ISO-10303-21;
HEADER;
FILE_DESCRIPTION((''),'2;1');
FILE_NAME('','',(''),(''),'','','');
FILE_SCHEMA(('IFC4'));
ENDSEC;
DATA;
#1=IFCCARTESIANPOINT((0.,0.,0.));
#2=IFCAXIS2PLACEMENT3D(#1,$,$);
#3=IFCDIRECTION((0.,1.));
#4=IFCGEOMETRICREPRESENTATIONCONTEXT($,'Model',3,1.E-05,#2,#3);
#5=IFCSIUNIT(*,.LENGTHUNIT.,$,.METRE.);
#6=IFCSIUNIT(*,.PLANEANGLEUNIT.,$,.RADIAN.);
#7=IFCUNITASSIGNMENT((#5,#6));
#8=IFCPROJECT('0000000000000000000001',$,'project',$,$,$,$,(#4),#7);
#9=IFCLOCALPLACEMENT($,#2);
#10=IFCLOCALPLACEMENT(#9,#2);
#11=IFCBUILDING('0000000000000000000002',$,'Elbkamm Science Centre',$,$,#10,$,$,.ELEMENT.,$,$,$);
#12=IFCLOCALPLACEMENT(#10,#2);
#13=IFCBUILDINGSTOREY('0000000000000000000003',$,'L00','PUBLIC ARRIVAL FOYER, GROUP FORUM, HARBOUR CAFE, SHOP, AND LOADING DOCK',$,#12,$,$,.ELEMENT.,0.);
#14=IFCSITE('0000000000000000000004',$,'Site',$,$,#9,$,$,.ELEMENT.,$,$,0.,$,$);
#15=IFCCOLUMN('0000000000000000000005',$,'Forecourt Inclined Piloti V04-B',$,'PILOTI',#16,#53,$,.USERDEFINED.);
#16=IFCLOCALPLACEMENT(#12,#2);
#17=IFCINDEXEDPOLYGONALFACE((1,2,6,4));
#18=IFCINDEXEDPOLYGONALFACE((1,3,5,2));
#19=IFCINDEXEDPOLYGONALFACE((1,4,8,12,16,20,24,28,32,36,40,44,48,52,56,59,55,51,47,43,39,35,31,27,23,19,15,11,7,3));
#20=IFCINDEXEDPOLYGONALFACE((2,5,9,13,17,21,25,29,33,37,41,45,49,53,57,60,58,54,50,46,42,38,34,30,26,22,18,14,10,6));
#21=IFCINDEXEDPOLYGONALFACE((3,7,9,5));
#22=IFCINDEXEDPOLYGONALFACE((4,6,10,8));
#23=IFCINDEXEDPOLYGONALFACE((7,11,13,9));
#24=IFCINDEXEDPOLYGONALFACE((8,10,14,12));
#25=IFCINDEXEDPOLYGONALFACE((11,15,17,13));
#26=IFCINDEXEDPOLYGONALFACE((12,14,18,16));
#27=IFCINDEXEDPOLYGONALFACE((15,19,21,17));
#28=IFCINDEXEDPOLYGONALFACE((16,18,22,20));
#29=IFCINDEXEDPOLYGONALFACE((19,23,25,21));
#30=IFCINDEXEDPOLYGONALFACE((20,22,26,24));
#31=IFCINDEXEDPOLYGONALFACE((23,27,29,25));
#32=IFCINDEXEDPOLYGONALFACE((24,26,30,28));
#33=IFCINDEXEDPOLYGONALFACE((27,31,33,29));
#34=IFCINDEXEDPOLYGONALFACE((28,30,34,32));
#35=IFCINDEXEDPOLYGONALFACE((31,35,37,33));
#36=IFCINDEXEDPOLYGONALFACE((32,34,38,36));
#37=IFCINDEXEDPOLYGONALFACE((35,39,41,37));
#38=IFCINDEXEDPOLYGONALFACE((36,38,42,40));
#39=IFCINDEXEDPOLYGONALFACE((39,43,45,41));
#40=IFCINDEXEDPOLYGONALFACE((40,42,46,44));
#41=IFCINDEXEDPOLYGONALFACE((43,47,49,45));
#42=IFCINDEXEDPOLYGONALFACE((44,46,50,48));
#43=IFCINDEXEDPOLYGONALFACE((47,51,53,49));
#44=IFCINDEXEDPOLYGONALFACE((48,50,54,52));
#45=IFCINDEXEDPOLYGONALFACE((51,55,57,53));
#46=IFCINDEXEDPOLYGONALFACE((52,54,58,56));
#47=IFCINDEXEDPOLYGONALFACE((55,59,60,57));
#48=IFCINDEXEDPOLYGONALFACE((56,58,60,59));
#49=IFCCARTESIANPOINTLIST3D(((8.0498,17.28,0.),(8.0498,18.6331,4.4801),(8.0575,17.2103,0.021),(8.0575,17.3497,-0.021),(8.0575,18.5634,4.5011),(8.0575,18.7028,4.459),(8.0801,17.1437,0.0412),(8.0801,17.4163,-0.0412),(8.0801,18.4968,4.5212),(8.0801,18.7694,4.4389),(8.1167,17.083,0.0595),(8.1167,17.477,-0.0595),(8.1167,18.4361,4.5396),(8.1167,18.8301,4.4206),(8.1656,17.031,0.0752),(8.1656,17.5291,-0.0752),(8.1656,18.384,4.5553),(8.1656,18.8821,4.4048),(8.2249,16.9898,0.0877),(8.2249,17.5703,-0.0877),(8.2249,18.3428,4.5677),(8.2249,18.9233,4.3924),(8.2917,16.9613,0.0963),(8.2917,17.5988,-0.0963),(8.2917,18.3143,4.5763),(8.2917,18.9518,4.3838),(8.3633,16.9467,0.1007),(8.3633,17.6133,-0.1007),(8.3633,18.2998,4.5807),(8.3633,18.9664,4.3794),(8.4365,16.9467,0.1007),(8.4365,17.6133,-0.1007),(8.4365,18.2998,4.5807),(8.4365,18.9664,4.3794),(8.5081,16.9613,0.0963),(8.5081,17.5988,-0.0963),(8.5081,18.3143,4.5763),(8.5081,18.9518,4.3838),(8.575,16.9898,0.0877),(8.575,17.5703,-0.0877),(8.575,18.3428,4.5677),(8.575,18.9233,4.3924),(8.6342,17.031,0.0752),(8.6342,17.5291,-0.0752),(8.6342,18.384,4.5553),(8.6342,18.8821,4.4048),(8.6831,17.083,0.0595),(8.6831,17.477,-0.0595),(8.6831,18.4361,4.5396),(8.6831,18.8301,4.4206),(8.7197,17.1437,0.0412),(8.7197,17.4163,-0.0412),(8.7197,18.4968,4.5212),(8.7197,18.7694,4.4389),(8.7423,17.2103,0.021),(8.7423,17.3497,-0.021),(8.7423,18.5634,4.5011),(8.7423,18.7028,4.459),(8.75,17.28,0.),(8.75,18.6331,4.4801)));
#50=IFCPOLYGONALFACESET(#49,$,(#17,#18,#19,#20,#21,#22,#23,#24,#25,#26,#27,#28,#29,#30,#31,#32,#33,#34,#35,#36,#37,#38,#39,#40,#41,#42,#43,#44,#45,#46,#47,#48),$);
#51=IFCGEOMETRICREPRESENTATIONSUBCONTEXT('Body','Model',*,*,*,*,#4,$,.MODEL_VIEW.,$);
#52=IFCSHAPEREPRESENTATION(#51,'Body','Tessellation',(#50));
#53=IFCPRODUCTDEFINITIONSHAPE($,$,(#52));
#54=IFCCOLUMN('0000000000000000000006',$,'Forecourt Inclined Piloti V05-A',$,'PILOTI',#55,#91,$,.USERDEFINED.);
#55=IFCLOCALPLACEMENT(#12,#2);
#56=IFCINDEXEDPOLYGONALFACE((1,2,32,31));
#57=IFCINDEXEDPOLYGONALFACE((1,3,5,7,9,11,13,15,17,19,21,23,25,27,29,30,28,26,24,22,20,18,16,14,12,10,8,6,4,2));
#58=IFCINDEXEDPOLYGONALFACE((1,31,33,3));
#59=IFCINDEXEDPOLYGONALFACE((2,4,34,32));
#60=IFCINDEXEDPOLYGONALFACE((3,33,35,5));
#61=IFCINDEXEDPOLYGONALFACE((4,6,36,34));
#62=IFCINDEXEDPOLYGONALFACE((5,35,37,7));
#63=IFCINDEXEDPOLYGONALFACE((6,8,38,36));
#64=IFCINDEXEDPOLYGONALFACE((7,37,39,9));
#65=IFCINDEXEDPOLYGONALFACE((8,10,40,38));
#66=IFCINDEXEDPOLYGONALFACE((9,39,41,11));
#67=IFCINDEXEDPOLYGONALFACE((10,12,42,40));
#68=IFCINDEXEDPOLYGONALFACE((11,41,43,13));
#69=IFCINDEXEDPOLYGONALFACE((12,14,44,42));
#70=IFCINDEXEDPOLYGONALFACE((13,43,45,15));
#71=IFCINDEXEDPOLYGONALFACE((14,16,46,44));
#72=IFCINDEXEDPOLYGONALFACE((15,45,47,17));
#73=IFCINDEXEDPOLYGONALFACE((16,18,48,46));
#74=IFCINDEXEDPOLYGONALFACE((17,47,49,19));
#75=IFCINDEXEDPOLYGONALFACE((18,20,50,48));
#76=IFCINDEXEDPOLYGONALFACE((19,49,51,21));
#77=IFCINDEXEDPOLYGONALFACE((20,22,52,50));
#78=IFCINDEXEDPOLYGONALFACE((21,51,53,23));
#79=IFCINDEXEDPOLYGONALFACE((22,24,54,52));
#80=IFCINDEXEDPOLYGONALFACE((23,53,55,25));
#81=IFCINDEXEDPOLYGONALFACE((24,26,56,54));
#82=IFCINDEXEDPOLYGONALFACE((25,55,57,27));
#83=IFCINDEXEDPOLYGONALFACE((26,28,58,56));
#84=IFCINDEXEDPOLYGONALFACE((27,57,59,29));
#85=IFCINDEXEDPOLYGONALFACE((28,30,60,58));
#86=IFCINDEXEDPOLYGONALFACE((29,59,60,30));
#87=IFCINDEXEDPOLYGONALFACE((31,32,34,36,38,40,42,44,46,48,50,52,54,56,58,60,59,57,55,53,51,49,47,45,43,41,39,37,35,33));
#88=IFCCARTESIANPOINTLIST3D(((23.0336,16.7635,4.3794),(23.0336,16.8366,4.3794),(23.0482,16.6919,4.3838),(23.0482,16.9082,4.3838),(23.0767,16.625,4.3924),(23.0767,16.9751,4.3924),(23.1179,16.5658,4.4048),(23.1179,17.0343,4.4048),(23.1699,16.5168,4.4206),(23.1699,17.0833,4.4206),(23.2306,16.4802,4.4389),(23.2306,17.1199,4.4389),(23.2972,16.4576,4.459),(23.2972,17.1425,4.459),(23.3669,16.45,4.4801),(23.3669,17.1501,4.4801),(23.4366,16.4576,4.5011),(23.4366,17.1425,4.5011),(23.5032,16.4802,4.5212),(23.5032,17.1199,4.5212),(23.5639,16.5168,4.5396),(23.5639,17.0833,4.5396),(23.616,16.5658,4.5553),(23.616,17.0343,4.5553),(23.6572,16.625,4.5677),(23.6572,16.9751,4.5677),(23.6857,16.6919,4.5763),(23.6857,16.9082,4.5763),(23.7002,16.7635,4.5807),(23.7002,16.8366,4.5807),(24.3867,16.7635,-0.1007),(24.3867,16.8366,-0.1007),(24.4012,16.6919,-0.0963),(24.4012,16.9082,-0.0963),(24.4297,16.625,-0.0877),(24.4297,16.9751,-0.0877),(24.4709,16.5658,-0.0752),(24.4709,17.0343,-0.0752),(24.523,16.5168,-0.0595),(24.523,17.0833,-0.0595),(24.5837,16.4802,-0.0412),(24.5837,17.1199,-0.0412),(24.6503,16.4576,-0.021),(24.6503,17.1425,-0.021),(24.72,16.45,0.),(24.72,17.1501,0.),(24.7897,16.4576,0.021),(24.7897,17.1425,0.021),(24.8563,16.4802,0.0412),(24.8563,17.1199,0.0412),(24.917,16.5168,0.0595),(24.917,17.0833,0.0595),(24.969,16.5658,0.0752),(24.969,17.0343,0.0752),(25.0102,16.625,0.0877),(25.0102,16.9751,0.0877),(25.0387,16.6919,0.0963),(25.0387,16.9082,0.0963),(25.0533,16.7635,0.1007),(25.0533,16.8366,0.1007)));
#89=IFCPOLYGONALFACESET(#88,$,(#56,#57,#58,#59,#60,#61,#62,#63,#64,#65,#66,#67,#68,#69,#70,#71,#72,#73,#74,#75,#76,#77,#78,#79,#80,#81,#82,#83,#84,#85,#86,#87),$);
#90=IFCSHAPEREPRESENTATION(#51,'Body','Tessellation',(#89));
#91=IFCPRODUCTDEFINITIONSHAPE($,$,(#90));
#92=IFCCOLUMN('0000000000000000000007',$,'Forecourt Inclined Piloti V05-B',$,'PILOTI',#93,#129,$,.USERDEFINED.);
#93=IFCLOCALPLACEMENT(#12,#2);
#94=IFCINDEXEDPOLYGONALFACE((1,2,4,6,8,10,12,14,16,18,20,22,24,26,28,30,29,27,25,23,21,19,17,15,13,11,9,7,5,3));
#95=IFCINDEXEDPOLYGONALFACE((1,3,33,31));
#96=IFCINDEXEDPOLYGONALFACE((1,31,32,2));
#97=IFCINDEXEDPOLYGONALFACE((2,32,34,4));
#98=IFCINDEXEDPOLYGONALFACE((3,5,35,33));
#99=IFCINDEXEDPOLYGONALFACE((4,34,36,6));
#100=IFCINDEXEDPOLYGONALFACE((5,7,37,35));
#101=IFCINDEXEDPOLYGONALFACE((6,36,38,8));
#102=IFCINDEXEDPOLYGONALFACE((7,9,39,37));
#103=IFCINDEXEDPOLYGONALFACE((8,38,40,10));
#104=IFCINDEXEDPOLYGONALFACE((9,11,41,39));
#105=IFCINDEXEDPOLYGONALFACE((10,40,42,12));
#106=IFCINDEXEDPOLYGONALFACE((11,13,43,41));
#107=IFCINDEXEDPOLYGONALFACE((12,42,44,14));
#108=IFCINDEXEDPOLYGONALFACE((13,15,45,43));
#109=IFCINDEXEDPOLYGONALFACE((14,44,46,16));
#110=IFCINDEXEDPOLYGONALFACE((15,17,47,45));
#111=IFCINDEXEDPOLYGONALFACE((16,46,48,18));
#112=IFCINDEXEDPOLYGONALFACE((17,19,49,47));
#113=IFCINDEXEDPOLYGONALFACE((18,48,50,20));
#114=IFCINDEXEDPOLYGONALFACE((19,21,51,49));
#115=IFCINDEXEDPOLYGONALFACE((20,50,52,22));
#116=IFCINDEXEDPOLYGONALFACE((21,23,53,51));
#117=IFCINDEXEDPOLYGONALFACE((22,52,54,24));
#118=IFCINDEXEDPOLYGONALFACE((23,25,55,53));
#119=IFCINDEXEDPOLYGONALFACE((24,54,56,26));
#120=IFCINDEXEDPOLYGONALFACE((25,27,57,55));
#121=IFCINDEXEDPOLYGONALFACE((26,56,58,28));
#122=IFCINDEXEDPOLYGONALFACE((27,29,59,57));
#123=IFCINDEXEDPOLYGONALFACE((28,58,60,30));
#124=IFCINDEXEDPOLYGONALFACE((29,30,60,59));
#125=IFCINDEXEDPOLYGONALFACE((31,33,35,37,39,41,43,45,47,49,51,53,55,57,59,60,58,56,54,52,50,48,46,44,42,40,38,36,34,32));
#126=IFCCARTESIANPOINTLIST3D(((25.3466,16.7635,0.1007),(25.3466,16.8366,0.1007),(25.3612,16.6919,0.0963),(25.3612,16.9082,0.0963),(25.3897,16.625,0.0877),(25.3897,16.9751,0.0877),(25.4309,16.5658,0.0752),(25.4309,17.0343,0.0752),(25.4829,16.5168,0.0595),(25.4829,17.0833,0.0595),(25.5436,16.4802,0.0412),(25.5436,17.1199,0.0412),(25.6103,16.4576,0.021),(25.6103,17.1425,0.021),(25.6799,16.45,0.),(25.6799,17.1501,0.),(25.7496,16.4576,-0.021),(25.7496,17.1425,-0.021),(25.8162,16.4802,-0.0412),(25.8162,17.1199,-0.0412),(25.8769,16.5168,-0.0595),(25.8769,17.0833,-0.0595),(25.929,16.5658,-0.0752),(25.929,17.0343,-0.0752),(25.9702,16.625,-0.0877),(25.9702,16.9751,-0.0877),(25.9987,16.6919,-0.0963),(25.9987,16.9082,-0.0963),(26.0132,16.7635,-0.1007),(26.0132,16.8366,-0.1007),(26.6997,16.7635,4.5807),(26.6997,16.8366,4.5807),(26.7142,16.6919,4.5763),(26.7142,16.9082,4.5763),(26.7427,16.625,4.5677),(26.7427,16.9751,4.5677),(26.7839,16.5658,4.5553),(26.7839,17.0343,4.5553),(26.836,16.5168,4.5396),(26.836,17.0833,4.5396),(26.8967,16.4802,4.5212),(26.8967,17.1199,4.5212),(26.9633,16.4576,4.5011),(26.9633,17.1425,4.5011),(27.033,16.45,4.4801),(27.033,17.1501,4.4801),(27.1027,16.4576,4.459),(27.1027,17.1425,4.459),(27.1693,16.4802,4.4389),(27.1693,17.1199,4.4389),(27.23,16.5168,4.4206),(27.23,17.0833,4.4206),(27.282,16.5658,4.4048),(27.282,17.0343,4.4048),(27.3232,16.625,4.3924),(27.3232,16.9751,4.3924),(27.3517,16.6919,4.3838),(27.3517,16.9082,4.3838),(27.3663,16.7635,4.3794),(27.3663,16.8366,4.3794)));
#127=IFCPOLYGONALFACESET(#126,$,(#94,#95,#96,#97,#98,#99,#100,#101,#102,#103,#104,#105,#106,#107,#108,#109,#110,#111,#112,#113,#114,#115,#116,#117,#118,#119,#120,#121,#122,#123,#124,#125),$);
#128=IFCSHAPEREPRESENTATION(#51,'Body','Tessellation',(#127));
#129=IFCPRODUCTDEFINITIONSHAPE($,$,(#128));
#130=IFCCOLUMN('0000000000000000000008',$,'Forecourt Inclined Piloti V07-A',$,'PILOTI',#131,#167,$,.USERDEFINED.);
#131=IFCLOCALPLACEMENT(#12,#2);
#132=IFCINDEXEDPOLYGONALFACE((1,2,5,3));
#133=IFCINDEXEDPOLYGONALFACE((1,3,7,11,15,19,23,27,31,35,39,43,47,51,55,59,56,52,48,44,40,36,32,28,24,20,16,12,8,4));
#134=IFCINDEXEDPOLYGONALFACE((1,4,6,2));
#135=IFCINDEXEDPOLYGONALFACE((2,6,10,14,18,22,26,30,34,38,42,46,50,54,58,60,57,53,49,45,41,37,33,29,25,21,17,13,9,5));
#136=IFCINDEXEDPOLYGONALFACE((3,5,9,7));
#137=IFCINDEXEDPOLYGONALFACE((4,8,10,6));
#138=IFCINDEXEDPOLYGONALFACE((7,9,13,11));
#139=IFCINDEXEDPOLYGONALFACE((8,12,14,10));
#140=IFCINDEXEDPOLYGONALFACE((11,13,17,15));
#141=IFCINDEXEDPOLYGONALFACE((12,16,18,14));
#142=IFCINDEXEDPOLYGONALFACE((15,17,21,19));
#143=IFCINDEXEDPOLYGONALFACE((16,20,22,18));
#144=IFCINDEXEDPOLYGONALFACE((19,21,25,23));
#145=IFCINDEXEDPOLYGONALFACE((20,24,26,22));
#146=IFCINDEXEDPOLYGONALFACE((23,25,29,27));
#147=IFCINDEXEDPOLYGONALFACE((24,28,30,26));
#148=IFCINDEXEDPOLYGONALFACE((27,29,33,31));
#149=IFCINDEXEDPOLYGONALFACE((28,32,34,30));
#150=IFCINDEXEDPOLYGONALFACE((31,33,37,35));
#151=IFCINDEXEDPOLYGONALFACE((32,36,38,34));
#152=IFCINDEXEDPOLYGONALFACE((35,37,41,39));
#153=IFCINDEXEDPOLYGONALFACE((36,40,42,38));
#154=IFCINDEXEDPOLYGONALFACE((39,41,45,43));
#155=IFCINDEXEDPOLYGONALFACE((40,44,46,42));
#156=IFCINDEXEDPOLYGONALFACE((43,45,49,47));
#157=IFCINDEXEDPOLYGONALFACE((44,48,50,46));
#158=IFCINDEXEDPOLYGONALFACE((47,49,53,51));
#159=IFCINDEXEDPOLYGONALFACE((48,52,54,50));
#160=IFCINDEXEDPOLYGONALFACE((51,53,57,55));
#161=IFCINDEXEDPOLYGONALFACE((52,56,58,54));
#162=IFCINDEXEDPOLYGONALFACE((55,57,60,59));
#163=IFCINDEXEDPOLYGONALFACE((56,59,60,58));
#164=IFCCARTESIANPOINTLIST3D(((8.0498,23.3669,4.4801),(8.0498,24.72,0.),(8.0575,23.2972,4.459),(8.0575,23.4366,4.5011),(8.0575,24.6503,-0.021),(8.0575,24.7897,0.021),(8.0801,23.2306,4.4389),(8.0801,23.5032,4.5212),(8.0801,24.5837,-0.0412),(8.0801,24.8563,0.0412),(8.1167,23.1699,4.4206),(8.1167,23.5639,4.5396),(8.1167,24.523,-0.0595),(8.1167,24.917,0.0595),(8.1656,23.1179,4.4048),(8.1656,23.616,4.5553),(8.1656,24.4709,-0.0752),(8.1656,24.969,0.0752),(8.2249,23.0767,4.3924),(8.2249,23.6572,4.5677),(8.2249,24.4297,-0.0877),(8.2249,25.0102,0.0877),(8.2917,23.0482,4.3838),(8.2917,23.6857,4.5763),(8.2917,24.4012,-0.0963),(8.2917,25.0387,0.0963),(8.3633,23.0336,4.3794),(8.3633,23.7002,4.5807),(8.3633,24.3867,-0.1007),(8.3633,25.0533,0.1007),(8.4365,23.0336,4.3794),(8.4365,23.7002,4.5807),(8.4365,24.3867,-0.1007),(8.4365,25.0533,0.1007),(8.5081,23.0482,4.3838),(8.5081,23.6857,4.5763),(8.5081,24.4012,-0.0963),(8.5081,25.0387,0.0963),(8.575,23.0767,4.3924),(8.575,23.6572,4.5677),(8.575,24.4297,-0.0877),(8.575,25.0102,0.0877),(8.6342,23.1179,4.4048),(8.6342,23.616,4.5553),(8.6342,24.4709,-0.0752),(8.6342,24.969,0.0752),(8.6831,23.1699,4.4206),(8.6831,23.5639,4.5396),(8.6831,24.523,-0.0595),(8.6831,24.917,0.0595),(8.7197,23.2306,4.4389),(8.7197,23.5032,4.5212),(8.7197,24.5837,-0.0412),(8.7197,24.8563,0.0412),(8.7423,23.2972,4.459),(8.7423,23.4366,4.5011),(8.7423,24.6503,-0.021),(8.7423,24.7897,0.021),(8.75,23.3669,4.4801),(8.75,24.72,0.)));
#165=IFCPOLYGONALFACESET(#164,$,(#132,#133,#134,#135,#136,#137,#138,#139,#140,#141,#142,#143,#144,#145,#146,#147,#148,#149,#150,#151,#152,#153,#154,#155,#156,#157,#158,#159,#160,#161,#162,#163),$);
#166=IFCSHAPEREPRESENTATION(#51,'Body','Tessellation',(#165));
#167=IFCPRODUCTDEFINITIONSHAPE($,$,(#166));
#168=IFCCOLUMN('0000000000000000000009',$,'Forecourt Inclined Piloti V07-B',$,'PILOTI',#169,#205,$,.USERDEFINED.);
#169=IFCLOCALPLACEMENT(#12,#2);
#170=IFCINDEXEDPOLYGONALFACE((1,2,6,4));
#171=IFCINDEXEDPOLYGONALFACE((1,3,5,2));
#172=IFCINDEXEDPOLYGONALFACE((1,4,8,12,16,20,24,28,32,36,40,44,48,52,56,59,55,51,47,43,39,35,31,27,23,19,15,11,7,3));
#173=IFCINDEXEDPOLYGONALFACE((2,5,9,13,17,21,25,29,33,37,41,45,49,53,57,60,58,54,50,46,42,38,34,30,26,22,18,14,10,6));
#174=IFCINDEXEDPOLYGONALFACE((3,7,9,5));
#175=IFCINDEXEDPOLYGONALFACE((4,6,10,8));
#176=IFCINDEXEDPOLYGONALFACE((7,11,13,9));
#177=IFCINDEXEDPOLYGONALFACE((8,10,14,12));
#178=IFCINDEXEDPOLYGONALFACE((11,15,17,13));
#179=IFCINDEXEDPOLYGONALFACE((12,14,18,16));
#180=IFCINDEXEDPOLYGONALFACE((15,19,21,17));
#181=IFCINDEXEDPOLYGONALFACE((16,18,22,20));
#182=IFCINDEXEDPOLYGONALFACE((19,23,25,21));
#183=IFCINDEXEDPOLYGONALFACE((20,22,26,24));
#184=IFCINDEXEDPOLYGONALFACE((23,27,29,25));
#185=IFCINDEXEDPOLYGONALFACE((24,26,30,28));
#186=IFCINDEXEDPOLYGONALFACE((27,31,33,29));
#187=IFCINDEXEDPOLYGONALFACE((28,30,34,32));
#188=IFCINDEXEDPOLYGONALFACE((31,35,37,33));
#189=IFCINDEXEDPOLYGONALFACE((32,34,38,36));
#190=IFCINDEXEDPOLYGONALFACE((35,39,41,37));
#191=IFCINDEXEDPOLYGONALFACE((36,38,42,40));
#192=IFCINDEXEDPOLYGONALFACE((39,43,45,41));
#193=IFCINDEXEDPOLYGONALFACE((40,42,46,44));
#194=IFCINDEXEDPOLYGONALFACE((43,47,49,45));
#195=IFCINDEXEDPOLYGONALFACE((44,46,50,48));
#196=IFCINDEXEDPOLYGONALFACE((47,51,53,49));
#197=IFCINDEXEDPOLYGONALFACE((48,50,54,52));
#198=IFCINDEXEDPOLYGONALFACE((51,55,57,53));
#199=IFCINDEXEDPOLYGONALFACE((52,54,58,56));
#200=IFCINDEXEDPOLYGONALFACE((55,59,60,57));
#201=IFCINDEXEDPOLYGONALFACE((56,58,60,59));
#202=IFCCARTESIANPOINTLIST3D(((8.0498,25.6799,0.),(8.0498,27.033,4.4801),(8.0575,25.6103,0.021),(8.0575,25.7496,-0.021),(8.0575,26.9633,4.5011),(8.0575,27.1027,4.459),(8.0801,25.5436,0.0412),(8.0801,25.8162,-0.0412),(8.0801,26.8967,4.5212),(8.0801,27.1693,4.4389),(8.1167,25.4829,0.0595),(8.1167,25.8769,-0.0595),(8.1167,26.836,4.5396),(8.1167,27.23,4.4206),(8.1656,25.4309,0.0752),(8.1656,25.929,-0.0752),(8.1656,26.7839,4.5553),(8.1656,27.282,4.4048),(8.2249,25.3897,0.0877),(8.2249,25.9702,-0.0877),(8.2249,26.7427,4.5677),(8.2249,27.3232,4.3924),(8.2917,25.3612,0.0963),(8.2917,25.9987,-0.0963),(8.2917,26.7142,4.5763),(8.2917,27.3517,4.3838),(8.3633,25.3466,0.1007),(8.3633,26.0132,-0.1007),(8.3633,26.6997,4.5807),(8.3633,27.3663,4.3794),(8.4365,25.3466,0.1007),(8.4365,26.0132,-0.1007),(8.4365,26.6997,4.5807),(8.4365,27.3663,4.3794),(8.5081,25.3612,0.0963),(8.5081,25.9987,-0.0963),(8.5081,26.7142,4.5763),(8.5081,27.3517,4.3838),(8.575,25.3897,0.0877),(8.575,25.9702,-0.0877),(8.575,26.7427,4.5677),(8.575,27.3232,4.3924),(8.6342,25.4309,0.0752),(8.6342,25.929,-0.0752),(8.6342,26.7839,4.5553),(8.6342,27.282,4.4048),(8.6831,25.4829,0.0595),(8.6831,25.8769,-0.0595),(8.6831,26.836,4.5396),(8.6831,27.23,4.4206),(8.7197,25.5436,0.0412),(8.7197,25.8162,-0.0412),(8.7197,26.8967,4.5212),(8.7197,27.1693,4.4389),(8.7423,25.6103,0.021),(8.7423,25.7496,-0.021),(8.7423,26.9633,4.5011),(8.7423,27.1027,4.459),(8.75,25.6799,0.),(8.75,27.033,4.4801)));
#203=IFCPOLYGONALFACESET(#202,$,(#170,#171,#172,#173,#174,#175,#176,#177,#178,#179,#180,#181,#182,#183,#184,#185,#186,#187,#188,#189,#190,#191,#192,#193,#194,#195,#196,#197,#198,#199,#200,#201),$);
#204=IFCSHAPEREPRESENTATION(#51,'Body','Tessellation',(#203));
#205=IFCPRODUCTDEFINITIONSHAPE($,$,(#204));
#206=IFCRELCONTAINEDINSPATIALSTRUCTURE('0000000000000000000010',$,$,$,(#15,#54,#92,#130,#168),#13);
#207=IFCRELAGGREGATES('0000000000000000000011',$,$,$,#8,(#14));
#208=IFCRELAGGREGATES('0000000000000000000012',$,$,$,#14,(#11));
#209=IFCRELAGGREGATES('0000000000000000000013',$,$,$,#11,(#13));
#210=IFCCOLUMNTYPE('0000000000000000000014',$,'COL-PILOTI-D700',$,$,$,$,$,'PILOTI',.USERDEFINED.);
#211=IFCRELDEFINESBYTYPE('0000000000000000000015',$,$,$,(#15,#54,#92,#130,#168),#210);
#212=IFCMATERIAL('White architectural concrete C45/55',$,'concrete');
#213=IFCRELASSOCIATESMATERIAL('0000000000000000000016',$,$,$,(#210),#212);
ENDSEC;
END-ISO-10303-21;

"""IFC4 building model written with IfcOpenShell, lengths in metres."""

from ifc_helpers import new_model, si_unit, direction, frame, origin, origin_2d, place, context, subcontext, project, spatial, circle, extrude, material, material_profile, profile_set, type_object, element, save


model = new_model("IFC4")

# Units and contexts
model_context = context("Model", 3, precision=1e-05, world=origin(), true_north=direction((0.0, 1.0)))
body_context = subcontext(model_context, "Body", "Model", "MODEL_VIEW")
ifc_project = project(units=[si_unit("LENGTHUNIT", "METRE"), si_unit("PLANEANGLEUNIT", "RADIAN")], contexts=[model_context])

# Site, building, storey
site_placement = place(None, origin())
site = spatial("IfcSite", under=ifc_project, at=site_placement, Name="Site", CompositionType="ELEMENT", RefElevation=0.0)
building_placement = place(site_placement, origin())
building = spatial("IfcBuilding", under=site, at=building_placement, Name="Elbkamm Science Centre", CompositionType="ELEMENT")
storey_placement = place(building_placement, origin())
storey = spatial("IfcBuildingStorey", under=building, at=storey_placement, Name="L00", Description="PUBLIC ARRIVAL FOYER, GROUP FORUM, HARBOUR CAFE, SHOP, AND LOADING DOCK", CompositionType="ELEMENT", Elevation=0.0)

# Columns
ifc_material_1 = material(Name="White architectural concrete C45/55", Category="concrete")
ifc_material_profile = material_profile(ifc_material_1, circle(Radius=0.3501, at=origin_2d()), Name="RC D700")
ifc_profile_set = profile_set([ifc_material_profile], Name="White architectural concrete C45/55")
column_type = type_object("IfcColumnType", Name="COL-PILOTI-D700", ElementType="PILOTI", PredefinedType="USERDEFINED", material=ifc_profile_set)
for number, where, z_axis, x_axis, name in (
    (1, (8.3999, 17.28, 0.0), (0.0, 0.289118, 0.957293), (-1.0, 0.0, 0.0), "Forecourt Inclined Piloti V04-B"),
    (2, (24.72, 16.8, 0.0), (-0.289118, 0.0, 0.957293), (0.0, -1.0, 0.0), "Forecourt Inclined Piloti V05-A"),
    (3, (25.6799, 16.8, 0.0), (0.289118, 0.0, 0.957293), (0.0, 1.0, 0.0), "Forecourt Inclined Piloti V05-B"),
    (4, (8.3999, 24.72, 0.0), (0.0, -0.289118, 0.957293), (1.0, 0.0, 0.0), "Forecourt Inclined Piloti V07-A"),
    (5, (8.3999, 25.6799, 0.0), (0.0, 0.289118, 0.957293), (-1.0, 0.0, 0.0), "Forecourt Inclined Piloti V07-B"),
):
    element("IfcColumn", number, at=place(storey_placement, frame(where, z_axis=z_axis, x_axis=x_axis)), inside=storey, type_object=column_type, Name=name, ObjectType="PILOTI", PredefinedType="USERDEFINED", context=body_context, shape_type="SweptSolid", body=[
        extrude(circle(Radius=0.3501, at=origin_2d()), origin(), (0.0, 0.0, 1.0), 4.6799),
    ])

save(model, "model.ifc")
